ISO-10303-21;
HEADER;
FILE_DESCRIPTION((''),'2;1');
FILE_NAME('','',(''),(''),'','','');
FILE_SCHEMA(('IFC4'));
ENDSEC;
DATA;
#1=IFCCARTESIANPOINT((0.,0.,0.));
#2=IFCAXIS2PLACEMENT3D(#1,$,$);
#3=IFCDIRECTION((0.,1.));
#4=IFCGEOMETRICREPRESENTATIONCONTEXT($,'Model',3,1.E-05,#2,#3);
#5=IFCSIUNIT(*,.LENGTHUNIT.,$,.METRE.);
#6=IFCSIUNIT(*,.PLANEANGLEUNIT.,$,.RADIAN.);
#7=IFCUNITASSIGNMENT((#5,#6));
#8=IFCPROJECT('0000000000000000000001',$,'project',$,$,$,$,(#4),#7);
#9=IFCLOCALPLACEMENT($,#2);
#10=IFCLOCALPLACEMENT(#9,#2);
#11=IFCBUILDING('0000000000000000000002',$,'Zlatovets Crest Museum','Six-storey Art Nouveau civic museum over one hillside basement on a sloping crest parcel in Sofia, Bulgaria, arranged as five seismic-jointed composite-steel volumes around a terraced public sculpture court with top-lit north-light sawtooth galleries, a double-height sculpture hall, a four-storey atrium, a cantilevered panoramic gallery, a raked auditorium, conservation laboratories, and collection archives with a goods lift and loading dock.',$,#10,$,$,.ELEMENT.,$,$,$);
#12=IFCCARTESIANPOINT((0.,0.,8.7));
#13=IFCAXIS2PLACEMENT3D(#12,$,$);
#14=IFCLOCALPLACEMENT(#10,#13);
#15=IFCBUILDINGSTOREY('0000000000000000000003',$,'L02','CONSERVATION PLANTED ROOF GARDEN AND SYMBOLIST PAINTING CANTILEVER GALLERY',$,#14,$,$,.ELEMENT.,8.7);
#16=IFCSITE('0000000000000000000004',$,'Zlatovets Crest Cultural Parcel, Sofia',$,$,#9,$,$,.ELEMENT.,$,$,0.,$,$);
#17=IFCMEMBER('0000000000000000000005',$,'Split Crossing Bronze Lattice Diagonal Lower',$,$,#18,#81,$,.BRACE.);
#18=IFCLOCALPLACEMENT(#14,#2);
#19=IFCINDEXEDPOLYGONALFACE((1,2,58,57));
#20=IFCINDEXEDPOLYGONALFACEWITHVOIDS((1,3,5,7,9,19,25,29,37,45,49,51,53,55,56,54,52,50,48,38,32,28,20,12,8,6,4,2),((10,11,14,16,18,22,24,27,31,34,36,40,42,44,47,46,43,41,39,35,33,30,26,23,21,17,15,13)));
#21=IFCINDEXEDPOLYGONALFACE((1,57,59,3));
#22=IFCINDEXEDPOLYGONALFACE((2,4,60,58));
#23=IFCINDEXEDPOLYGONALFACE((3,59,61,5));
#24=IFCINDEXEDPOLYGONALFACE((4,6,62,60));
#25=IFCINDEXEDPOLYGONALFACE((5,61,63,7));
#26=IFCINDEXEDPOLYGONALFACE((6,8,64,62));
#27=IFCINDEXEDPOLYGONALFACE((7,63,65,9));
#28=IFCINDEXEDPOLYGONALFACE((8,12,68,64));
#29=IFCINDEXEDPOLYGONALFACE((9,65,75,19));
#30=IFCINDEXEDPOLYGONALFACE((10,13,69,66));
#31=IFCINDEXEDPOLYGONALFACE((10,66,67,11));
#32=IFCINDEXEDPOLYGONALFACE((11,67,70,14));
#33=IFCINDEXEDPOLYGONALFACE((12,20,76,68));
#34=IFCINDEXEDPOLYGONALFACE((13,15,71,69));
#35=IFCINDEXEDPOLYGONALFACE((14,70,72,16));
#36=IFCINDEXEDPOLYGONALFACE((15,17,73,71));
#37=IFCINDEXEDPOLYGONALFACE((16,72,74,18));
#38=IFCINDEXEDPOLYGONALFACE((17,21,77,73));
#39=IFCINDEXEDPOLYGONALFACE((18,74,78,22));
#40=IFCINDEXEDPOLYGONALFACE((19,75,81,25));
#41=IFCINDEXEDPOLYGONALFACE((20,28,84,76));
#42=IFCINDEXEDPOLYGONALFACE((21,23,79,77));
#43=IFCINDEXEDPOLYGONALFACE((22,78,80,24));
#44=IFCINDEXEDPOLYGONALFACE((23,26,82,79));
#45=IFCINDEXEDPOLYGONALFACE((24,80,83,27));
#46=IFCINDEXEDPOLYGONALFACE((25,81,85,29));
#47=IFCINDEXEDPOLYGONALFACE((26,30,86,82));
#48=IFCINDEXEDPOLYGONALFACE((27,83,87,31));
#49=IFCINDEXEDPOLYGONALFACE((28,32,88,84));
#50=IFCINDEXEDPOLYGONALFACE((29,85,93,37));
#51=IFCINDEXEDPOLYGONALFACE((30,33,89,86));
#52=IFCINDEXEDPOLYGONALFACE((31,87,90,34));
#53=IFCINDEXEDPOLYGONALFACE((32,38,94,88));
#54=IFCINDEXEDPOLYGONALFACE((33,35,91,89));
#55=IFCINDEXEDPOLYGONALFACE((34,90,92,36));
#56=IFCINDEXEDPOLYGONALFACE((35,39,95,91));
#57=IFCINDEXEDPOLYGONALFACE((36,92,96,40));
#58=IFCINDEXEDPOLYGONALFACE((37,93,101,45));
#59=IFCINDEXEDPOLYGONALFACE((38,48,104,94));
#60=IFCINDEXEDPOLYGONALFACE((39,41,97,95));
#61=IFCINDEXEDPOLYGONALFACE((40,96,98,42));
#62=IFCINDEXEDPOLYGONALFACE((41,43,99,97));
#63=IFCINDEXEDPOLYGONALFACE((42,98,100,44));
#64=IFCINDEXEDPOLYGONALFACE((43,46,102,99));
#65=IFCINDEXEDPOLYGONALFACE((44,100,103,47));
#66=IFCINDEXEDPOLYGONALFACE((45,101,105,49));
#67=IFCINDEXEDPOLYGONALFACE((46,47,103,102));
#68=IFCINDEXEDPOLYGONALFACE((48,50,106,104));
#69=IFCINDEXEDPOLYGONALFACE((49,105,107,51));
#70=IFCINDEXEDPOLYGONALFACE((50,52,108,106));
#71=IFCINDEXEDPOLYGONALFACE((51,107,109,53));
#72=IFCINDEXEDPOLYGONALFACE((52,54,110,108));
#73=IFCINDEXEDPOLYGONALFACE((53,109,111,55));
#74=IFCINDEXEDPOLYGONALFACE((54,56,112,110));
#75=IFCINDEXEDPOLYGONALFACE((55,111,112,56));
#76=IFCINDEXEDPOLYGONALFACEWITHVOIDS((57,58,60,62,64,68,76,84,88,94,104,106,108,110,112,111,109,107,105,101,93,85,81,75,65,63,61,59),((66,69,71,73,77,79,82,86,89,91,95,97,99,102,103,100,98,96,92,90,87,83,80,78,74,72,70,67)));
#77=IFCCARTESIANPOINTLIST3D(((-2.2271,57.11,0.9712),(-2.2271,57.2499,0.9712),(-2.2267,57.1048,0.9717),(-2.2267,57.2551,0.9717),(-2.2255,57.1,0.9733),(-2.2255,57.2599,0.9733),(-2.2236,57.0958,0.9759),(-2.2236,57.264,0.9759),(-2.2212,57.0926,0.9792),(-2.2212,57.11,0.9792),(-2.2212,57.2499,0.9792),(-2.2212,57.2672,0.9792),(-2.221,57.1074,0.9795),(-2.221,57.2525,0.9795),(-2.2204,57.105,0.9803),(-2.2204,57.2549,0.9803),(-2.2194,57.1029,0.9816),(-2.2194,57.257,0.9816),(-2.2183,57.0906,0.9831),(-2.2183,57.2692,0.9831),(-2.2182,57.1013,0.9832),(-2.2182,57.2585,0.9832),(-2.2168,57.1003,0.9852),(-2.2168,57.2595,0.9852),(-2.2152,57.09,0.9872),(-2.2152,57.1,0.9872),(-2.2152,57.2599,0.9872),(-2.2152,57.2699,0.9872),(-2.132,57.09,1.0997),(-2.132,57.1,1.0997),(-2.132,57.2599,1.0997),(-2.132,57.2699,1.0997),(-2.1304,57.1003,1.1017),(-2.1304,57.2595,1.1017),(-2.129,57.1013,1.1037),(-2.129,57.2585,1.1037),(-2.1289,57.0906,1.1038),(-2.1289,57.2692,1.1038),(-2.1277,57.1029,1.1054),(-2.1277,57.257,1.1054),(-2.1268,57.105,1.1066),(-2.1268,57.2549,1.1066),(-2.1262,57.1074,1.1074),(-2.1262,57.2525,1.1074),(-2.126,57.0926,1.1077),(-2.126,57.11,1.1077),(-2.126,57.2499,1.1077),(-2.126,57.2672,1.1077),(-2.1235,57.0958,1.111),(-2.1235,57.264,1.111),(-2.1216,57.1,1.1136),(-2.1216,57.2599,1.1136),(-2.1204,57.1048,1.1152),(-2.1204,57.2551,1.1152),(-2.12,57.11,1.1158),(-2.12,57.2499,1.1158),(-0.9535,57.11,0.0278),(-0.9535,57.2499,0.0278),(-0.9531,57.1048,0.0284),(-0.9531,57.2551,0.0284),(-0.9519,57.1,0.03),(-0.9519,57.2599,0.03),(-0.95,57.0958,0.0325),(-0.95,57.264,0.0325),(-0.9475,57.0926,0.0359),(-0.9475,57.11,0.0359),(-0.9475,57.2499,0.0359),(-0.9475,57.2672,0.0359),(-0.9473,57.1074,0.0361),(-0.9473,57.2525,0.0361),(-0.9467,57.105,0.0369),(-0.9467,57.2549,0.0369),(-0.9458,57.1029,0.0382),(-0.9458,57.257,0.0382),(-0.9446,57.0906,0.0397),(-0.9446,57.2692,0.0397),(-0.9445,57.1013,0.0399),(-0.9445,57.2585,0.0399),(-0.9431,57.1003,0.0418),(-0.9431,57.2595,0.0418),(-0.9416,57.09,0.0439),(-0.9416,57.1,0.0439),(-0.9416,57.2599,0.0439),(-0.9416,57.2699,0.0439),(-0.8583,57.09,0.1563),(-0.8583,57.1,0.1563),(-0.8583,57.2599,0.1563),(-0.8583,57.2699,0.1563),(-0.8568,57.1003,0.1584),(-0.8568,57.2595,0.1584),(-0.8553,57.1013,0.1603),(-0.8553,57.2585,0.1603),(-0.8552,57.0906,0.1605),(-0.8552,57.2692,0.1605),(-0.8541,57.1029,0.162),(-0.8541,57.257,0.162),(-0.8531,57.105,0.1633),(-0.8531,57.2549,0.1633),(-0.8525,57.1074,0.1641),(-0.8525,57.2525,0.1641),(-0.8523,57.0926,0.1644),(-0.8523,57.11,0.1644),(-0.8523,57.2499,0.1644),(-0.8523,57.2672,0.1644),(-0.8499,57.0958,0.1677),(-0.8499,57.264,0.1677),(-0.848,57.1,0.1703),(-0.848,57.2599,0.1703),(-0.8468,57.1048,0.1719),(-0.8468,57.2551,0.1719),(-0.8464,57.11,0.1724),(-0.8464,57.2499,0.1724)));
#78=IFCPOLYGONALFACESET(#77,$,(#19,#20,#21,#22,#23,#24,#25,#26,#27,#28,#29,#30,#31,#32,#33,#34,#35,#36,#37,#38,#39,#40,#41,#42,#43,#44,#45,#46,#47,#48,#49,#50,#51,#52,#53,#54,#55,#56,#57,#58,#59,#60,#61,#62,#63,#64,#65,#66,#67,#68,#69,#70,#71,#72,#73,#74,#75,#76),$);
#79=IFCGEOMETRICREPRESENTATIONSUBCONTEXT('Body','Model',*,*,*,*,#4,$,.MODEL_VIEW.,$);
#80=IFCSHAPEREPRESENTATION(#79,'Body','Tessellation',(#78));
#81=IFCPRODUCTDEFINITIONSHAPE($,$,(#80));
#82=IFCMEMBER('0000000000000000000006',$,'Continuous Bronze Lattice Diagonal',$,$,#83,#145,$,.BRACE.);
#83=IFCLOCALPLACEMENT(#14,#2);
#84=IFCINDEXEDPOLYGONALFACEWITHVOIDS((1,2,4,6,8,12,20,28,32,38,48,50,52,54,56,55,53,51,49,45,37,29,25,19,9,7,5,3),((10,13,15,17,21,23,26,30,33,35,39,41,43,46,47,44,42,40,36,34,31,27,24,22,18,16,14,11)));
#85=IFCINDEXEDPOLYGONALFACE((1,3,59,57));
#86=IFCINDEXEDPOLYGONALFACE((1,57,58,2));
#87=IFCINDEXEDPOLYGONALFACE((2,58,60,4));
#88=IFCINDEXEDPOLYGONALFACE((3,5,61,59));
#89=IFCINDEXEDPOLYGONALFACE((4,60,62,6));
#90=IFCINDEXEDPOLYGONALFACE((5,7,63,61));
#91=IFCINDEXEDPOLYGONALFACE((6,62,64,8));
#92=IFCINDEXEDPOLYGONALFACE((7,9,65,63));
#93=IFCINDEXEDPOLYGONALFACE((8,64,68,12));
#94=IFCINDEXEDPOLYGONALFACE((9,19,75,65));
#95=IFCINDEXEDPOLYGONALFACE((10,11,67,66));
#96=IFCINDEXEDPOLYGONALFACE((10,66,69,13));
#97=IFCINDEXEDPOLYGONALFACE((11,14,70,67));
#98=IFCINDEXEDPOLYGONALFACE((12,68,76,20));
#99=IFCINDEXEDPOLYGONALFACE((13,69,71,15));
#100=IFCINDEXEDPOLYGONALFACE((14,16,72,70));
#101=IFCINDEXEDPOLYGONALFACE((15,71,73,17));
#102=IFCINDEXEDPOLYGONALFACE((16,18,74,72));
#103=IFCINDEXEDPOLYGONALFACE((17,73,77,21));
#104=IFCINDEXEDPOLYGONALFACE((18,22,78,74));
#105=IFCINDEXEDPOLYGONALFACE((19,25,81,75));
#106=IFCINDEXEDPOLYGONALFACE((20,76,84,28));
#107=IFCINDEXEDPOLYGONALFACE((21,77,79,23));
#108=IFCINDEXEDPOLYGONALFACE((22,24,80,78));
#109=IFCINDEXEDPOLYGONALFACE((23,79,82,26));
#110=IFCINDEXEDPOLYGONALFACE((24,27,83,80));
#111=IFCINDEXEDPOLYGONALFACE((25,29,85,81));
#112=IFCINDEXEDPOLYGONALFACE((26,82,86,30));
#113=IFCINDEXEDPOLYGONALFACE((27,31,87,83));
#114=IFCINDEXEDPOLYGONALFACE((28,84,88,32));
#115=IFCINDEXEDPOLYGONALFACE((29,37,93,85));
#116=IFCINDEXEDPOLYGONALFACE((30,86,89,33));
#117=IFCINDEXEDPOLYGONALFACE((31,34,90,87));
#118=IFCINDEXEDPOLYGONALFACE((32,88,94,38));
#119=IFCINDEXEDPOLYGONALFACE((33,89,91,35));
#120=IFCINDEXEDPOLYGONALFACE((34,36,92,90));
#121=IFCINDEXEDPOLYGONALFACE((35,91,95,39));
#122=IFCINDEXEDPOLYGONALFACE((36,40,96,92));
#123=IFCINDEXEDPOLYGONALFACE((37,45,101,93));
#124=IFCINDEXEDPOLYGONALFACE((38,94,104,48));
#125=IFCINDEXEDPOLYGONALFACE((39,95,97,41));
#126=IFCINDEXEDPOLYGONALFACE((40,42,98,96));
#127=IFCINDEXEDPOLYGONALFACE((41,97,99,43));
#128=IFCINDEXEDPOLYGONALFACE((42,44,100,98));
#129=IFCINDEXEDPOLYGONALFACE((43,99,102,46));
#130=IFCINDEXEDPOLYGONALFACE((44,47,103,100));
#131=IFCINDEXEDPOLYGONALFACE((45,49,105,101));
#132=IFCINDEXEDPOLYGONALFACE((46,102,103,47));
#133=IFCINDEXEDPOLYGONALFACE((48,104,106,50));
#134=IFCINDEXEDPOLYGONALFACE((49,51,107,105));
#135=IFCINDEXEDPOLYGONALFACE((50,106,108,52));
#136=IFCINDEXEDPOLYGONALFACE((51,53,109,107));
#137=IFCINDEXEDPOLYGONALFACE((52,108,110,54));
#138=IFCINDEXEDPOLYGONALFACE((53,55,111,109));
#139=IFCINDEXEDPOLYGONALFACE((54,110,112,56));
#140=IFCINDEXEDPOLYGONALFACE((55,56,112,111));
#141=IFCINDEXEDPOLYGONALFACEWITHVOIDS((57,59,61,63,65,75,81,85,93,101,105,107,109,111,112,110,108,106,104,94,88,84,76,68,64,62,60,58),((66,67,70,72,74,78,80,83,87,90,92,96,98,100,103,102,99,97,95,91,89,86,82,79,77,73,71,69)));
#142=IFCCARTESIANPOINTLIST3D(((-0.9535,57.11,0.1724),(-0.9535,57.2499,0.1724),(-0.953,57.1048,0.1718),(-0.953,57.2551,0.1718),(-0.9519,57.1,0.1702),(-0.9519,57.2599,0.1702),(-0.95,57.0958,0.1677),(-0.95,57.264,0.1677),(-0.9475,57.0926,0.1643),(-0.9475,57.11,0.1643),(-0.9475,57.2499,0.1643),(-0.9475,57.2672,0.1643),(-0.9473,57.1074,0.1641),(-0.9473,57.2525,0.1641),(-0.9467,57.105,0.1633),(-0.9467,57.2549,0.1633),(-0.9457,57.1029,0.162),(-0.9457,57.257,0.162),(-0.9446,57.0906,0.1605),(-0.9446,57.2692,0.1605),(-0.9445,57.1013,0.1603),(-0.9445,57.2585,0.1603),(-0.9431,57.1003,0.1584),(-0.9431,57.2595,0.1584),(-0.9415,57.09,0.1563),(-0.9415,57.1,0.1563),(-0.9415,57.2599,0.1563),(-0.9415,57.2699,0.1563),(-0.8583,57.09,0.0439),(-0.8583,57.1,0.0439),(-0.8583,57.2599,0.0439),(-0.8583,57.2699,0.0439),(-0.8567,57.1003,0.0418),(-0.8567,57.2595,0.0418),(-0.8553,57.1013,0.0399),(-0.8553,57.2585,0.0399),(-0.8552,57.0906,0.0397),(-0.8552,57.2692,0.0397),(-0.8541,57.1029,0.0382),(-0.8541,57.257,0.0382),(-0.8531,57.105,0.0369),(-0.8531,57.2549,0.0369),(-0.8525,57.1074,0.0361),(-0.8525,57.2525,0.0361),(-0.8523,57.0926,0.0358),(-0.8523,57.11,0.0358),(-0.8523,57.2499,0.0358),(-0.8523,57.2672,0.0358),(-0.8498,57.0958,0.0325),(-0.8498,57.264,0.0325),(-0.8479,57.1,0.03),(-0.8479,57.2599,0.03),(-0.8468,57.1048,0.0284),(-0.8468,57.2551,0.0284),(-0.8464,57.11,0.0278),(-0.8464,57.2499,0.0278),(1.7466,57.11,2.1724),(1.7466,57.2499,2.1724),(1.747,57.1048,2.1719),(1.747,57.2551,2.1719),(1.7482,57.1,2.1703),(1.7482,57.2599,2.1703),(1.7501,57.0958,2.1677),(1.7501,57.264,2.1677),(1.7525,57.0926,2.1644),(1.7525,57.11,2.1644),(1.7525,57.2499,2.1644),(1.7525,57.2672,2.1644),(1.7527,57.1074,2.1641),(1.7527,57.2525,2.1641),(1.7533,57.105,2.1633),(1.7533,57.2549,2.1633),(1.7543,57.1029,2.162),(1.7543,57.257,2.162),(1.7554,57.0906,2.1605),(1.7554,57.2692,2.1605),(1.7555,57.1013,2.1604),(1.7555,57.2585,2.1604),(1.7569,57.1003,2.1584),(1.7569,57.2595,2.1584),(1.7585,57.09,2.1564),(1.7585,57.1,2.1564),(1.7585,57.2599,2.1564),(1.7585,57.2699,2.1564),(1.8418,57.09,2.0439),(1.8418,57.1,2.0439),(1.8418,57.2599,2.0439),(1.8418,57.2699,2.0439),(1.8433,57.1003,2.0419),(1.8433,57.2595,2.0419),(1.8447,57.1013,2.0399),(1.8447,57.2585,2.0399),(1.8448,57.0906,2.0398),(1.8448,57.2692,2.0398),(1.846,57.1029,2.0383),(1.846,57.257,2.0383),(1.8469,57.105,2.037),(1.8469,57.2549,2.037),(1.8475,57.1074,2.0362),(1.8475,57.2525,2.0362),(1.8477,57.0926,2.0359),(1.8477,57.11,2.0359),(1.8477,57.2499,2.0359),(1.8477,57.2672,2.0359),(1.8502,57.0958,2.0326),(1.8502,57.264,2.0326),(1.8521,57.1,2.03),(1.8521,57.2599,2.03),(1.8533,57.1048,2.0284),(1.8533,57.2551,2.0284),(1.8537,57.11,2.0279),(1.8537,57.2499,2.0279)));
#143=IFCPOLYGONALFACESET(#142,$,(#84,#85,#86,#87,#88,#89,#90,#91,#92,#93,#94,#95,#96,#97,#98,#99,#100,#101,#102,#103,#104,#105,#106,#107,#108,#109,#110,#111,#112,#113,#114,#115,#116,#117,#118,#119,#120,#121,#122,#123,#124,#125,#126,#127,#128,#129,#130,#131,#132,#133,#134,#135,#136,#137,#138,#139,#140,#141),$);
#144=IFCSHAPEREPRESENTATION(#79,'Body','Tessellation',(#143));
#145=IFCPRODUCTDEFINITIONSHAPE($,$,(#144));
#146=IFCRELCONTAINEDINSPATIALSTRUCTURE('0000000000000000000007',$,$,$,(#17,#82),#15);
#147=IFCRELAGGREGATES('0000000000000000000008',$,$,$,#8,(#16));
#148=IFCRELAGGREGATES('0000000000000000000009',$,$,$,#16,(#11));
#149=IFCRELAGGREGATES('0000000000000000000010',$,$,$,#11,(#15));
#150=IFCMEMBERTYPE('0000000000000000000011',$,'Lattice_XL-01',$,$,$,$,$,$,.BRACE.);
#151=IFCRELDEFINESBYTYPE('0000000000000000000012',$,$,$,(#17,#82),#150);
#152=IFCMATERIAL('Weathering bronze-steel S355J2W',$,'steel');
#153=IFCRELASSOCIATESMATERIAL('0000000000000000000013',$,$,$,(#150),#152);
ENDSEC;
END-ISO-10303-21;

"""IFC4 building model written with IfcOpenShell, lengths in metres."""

from ifc_helpers import new_model, si_unit, direction, frame, origin, origin_2d, place, context, subcontext, project, spatial, hollow_rectangle, extrude, material, material_profile, profile_set, type_object, element, save


model = new_model("IFC4")

# Units and contexts
model_context = context("Model", 3, precision=1e-05, world=origin(), true_north=direction((0.0, 1.0)))
body_context = subcontext(model_context, "Body", "Model", "MODEL_VIEW")
ifc_project = project(units=[si_unit("LENGTHUNIT", "METRE"), si_unit("PLANEANGLEUNIT", "RADIAN")], contexts=[model_context])

# Site, building, storey
site_placement = place(None, origin())
site = spatial("IfcSite", under=ifc_project, at=site_placement, Name="Zlatovets Crest Cultural Parcel, Sofia", CompositionType="ELEMENT", RefElevation=0.0)
building_placement = place(site_placement, origin())
building = spatial("IfcBuilding", under=site, at=building_placement, Name="Zlatovets Crest Museum", Description="Six-storey Art Nouveau civic museum over one hillside basement on a sloping crest parcel in Sofia, Bulgaria, arranged as five seismic-jointed composite-steel volumes around a terraced public sculpture court with top-lit north-light sawtooth galleries, a double-height sculpture hall, a four-storey atrium, a cantilevered panoramic gallery, a raked auditorium, conservation laboratories, and collection archives with a goods lift and loading dock.", CompositionType="ELEMENT")
storey_placement = place(building_placement, frame((0.0, 0.0, 8.7)))
storey = spatial("IfcBuildingStorey", under=building, at=storey_placement, Name="L02", Description="CONSERVATION PLANTED ROOF GARDEN AND SYMBOLIST PAINTING CANTILEVER GALLERY", CompositionType="ELEMENT", Elevation=8.7)

# Members
ifc_material_1 = material(Name="Weathering bronze-steel S355J2W", Category="steel")
ifc_material_profile_1 = material_profile(ifc_material_1, hollow_rectangle(XDim=0.1799, YDim=0.1799, WallThickness=0.01, InnerFilletRadius=0.01, OuterFilletRadius=0.02, at=origin_2d()), Name="SHS 180x180x10.0")
ifc_profile_set_1 = profile_set([ifc_material_profile_1], Name="Weathering bronze-steel S355J2W")
member_type_1 = type_object("IfcMemberType", Name="Lattice_XL-01", PredefinedType="BRACE", material=ifc_profile_set_1)
member_1_placement = place(storey_placement, frame((-2.1736, 57.1799, 1.0435), z_axis=(0.80359, 0.0, -0.595183), x_axis=(0.0, 1.0, 0.0)))
element("IfcMember", 1, at=member_1_placement, inside=storey, type_object=member_type_1, Name="Split Crossing Bronze Lattice Diagonal Lower", PredefinedType="BRACE", context=body_context, shape_type="SweptSolid", body=[
    extrude(hollow_rectangle(XDim=0.1799, YDim=0.1799, WallThickness=0.01, InnerFilletRadius=0.01, OuterFilletRadius=0.02, at=origin_2d()), origin(), (0.0, 0.0, 1.0), 1.585),
])
member_2_placement = place(storey_placement, frame((-0.8999, 57.1799, 0.1001), z_axis=(0.803552, 0.0, 0.595235), x_axis=(0.0, 1.0, 0.0)))
element("IfcMember", 2, at=member_2_placement, inside=storey, type_object=member_type_1, Name="Continuous Bronze Lattice Diagonal", PredefinedType="BRACE", context=body_context, shape_type="SweptSolid", body=[
    extrude(hollow_rectangle(XDim=0.1799, YDim=0.1799, WallThickness=0.01, InnerFilletRadius=0.01, OuterFilletRadius=0.02, at=origin_2d()), origin(), (0.0, 0.0, 1.0), 3.3601),
])

save(model, "model.ifc")
